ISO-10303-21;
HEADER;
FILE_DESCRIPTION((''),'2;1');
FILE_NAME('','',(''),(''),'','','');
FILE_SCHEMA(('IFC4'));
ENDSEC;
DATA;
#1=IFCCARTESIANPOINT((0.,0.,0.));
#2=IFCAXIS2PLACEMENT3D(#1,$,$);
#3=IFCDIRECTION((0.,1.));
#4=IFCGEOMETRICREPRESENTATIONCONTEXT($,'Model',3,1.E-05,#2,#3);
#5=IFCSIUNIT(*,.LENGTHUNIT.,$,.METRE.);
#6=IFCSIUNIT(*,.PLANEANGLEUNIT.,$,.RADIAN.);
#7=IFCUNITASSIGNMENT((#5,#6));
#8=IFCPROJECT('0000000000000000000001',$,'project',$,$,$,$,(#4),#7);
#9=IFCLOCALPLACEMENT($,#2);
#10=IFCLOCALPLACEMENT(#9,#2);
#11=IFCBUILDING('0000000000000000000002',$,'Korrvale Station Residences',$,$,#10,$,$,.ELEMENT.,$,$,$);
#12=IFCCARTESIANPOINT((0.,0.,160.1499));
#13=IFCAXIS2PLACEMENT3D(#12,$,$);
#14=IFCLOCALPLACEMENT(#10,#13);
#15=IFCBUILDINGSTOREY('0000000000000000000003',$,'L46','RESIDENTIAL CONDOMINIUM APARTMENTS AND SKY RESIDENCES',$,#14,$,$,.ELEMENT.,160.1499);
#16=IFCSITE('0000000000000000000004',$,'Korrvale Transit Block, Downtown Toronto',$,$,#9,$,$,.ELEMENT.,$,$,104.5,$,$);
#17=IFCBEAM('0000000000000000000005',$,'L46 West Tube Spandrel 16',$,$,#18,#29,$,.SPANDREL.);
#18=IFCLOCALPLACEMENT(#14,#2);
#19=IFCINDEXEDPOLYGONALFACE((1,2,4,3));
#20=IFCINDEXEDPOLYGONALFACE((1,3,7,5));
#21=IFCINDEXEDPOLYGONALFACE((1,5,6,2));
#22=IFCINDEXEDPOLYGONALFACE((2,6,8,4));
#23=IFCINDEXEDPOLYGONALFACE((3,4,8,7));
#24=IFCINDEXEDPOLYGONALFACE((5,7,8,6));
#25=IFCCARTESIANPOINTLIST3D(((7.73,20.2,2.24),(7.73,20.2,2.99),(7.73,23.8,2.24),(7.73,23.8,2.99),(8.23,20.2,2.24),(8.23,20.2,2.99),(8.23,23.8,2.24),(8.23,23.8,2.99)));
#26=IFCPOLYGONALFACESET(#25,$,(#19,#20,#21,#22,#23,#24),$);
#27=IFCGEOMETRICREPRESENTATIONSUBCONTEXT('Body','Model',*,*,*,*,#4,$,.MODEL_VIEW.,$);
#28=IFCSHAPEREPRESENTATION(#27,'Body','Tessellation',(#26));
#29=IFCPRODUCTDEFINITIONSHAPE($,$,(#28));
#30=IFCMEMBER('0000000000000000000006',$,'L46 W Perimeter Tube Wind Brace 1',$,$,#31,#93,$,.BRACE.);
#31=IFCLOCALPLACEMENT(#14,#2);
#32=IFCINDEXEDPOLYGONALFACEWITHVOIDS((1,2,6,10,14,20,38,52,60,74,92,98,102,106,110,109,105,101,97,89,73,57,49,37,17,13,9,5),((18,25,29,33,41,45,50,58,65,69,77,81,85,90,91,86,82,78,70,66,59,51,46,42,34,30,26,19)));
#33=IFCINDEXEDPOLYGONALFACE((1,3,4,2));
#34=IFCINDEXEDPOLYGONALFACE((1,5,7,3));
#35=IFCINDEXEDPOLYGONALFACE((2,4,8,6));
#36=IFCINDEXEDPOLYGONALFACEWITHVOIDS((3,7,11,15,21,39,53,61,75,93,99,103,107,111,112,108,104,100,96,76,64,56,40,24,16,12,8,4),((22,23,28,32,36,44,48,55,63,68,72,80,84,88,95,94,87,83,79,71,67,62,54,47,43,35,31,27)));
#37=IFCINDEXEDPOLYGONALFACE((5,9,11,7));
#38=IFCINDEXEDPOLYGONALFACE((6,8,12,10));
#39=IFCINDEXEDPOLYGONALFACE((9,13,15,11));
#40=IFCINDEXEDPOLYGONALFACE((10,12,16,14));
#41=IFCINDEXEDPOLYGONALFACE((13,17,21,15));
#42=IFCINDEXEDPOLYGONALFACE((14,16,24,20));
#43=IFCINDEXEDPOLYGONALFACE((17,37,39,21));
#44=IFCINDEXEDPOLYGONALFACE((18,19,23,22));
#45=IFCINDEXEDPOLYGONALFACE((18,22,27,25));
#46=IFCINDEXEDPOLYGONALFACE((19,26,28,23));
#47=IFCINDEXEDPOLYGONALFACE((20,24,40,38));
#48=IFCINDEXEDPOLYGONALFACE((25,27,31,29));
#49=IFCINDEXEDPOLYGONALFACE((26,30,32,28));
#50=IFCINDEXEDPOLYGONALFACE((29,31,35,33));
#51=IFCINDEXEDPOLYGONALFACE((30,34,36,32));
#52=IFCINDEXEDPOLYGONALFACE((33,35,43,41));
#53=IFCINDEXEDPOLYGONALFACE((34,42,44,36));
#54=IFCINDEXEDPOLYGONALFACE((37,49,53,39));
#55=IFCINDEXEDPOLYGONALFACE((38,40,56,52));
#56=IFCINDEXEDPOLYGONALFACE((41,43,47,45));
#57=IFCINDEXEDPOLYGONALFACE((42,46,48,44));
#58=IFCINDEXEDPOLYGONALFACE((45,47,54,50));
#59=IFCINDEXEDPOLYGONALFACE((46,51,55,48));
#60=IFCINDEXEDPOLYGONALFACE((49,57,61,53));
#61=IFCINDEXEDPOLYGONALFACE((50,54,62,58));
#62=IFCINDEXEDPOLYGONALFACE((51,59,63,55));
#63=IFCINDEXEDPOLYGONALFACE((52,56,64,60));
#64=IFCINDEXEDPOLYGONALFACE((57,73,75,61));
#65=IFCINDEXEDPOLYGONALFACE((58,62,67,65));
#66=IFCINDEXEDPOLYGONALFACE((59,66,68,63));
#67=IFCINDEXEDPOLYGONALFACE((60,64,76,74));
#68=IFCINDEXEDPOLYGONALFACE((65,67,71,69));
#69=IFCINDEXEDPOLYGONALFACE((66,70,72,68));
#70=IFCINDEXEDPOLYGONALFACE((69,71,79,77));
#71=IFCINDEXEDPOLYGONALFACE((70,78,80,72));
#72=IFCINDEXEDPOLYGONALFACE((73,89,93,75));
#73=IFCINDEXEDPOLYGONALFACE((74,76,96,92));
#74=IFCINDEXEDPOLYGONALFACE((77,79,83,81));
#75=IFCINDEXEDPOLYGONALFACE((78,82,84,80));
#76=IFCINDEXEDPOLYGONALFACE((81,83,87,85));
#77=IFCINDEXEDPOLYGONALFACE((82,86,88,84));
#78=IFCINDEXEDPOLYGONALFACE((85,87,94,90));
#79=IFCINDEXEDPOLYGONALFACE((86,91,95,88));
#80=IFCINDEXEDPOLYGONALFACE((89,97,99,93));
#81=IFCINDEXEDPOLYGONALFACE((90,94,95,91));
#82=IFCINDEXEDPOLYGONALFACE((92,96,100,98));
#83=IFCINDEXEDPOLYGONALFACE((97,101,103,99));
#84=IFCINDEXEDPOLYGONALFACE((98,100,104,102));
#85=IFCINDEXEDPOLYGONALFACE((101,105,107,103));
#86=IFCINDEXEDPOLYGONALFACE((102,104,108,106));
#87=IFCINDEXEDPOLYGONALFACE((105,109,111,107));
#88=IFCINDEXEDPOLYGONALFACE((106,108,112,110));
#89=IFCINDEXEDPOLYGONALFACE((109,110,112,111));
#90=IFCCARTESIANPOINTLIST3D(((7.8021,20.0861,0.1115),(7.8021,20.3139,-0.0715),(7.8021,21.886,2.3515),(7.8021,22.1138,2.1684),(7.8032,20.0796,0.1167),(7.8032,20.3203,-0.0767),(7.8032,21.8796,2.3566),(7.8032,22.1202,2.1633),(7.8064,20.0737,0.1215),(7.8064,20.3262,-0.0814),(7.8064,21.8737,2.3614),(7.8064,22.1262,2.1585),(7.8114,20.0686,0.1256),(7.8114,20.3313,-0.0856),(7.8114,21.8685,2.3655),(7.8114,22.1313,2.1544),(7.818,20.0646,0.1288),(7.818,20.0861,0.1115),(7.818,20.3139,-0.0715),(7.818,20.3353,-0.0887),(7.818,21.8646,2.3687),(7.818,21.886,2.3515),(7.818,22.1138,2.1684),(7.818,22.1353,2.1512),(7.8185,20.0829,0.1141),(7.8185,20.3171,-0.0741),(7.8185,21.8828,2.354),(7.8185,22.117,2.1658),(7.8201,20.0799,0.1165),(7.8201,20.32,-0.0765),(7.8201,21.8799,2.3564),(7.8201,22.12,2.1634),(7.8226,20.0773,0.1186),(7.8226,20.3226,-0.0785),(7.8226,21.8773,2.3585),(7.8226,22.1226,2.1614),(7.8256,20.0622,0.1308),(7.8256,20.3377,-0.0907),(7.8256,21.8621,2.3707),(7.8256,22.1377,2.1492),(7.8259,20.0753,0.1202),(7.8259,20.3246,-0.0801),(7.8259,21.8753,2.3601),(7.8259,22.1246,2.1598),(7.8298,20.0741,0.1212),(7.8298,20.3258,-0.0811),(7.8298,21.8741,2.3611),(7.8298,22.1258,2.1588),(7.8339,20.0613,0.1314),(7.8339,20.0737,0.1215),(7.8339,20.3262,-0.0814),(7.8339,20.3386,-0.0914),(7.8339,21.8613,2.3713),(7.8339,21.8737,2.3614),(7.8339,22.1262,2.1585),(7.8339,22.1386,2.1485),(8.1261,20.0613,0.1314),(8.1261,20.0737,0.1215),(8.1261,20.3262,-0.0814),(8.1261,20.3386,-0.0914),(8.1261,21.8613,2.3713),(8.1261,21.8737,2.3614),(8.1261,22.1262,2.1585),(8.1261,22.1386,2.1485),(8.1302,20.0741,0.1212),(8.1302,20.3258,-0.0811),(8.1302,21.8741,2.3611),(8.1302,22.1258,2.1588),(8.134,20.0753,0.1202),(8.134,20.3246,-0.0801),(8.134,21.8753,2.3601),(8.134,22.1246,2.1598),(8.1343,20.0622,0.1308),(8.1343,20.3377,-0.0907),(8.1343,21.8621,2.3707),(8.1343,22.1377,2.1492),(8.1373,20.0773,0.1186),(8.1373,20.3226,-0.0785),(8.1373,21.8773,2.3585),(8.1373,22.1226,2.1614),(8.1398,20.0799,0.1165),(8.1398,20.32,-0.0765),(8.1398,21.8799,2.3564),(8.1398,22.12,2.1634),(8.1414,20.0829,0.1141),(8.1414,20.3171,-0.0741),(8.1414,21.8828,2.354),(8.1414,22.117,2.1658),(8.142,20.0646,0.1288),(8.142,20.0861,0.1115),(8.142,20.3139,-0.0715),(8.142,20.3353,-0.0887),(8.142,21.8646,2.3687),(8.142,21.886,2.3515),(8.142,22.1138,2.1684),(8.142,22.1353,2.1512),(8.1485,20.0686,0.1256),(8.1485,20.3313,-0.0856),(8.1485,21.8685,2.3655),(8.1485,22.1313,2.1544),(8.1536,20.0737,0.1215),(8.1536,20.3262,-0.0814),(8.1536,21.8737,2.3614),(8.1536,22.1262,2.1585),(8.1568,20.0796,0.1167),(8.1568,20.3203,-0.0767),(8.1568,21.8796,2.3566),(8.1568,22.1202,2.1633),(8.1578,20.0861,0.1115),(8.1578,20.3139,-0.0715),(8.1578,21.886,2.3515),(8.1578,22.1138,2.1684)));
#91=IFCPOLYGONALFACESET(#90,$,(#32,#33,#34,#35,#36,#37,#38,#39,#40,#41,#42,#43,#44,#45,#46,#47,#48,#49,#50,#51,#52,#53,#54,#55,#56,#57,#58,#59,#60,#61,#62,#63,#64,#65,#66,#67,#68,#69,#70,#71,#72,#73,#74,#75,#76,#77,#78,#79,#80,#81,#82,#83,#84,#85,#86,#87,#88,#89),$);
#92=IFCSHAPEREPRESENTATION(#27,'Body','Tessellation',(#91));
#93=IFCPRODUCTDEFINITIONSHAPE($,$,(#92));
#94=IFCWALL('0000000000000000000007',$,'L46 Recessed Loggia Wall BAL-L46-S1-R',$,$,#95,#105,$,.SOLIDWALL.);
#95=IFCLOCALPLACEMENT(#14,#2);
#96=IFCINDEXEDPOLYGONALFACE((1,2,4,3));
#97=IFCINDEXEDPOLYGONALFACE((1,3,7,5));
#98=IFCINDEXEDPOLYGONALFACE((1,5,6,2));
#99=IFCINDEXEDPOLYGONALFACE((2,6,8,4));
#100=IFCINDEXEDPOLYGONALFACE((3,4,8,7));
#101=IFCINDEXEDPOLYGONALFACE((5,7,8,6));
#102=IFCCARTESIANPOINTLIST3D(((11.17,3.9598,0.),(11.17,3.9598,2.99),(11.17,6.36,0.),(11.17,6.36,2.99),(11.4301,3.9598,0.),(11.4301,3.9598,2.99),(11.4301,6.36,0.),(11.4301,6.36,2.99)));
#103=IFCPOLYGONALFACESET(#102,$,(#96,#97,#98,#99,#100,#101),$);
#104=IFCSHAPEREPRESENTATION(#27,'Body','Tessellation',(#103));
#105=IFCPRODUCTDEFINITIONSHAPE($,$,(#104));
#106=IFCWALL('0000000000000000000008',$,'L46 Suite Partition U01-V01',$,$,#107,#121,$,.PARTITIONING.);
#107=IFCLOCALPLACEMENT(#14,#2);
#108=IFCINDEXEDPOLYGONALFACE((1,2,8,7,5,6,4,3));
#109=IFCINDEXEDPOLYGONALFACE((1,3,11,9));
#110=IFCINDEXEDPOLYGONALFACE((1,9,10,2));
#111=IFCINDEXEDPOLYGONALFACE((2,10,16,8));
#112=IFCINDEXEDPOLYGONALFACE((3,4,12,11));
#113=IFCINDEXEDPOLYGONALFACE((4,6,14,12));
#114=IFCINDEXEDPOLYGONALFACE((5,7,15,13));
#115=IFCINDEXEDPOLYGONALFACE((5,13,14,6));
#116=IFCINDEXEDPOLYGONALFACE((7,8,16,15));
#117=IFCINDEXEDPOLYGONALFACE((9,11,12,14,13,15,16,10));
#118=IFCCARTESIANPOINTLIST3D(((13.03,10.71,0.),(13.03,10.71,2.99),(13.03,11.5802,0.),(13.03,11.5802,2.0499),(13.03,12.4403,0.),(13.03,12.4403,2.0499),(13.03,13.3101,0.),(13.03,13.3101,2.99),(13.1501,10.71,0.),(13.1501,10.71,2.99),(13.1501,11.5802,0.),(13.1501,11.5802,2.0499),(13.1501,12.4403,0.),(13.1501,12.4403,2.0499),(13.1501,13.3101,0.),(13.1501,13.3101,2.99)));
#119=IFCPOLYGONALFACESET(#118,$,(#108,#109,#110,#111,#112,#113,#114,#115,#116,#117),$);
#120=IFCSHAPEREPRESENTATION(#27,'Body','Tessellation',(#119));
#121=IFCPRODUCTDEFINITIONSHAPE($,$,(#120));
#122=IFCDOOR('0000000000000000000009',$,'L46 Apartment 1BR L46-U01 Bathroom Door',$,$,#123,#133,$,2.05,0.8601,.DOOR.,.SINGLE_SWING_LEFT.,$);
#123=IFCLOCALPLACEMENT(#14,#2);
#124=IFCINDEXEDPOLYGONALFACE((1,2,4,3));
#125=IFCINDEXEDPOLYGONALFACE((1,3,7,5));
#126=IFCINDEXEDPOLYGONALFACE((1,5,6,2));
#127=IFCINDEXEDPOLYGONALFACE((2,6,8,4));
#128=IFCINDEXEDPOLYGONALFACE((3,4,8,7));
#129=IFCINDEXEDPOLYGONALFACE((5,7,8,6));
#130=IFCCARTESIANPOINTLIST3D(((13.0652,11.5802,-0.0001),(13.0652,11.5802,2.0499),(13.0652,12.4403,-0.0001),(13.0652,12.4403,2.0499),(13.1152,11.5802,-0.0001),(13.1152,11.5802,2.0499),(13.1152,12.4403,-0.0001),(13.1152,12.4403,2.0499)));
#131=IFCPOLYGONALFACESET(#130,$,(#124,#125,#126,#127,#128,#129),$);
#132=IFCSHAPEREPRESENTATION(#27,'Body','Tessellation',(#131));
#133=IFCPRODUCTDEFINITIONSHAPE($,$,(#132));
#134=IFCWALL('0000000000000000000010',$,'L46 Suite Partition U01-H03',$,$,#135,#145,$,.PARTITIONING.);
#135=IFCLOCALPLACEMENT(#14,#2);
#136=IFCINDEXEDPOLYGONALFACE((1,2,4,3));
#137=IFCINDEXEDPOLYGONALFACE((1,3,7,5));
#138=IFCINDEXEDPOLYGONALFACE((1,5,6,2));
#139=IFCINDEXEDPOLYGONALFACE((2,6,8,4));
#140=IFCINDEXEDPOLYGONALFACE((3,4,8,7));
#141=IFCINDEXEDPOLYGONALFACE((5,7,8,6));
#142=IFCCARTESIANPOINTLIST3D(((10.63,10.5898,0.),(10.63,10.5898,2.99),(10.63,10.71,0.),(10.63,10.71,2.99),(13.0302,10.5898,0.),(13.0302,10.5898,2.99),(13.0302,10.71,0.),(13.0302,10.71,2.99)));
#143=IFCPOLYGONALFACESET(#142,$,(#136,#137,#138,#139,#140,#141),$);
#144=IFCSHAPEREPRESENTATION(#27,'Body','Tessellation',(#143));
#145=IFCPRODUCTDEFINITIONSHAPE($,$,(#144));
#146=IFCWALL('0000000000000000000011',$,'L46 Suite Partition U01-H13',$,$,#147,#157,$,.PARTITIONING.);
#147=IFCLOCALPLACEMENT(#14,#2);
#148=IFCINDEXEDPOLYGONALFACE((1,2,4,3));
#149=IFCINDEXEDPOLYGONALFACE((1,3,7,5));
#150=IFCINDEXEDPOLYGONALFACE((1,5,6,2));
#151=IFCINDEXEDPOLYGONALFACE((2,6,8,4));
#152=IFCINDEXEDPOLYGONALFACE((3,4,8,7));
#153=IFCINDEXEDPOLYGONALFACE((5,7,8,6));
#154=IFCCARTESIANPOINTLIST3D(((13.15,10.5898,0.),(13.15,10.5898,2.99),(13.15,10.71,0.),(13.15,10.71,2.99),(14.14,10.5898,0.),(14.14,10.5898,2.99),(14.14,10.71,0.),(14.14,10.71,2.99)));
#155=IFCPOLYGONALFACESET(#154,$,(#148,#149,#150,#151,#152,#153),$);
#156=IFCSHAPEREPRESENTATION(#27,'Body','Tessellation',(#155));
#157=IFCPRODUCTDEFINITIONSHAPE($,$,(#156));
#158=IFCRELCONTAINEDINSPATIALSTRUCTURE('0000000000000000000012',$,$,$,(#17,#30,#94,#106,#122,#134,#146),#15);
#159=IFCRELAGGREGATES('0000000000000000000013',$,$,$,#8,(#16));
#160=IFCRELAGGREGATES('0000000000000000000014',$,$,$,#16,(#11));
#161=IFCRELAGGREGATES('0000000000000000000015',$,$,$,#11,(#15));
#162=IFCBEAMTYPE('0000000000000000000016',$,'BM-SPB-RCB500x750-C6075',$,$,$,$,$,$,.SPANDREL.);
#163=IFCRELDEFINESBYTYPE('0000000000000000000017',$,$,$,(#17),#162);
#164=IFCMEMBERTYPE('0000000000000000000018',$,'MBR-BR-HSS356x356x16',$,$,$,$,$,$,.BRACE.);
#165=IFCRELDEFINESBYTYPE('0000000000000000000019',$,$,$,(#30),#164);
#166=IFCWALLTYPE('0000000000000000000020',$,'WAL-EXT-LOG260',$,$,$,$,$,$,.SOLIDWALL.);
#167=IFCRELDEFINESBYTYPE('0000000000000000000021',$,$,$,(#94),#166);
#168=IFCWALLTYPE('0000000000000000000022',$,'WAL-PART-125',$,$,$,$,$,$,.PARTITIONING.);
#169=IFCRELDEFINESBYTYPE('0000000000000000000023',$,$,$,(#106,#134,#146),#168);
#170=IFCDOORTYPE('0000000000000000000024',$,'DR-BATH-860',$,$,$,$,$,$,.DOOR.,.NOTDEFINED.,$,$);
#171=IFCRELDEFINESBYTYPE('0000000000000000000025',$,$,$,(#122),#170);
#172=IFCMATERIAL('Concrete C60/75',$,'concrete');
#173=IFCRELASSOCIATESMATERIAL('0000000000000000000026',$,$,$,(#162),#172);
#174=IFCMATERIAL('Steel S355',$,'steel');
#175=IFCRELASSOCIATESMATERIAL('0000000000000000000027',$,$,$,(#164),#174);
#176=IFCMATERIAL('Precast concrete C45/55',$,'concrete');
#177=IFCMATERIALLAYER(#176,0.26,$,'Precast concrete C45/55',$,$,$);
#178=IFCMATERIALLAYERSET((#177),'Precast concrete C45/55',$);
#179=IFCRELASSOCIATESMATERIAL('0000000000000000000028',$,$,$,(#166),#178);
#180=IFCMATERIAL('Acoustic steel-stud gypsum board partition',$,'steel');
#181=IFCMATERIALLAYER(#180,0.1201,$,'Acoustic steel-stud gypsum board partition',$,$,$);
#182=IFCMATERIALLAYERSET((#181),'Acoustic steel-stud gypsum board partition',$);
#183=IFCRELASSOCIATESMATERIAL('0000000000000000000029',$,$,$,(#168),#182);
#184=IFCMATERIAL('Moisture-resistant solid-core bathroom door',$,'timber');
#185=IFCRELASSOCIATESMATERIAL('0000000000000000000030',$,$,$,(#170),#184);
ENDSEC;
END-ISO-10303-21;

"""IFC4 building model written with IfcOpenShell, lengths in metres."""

from ifc_helpers import new_model, si_unit, direction, frame, frame_2d, origin, origin_2d, place, context, subcontext, project, spatial, rectangle, hollow_rectangle, extrude, material, layer, layer_set, material_profile, profile_set, type_object, element, fill, save


model = new_model("IFC4")

# Units and contexts
model_context = context("Model", 3, precision=1e-05, world=origin(), true_north=direction((0.0, 1.0)))
body_context = subcontext(model_context, "Body", "Model", "MODEL_VIEW")
ifc_project = project(units=[si_unit("LENGTHUNIT", "METRE"), si_unit("PLANEANGLEUNIT", "RADIAN")], contexts=[model_context])

# Site, building, storey
site_placement = place(None, origin())
site = spatial("IfcSite", under=ifc_project, at=site_placement, Name="Korrvale Transit Block, Downtown Toronto", CompositionType="ELEMENT", RefElevation=104.5)
building_placement = place(site_placement, origin())
building = spatial("IfcBuilding", under=site, at=building_placement, Name="Korrvale Station Residences", CompositionType="ELEMENT")
storey_placement = place(building_placement, frame((0.0, 0.0, 160.1499)))
storey = spatial("IfcBuildingStorey", under=building, at=storey_placement, Name="L46", Description="RESIDENTIAL CONDOMINIUM APARTMENTS AND SKY RESIDENCES", CompositionType="ELEMENT", Elevation=160.1499)

# Shared definitions
ifc_material_1 = material(Name="Concrete C60/75", Category="concrete")

# Beam
ifc_material_2 = material(Name="Steel S355", Category="steel")
ifc_material_profile_1 = material_profile(ifc_material_1, rectangle(XDim=0.5, YDim=0.75, at=origin_2d()), Name="RCB500x750")
ifc_profile_set_1 = profile_set([ifc_material_profile_1], Name="Concrete C60/75")
beam_type_1 = type_object("IfcBeamType", Name="BM-SPB-RCB500x750-C6075", PredefinedType="SPANDREL", material=ifc_profile_set_1)
beam_1_placement = place(storey_placement, frame((7.98, 20.2, 2.615), z_axis=(0.0, 1.0, 0.0), x_axis=(-1.0, 0.0, 0.0)))
element("IfcBeam", 1, at=beam_1_placement, inside=storey, type_object=beam_type_1, Name="L46 West Tube Spandrel 16", PredefinedType="SPANDREL", context=body_context, shape_type="SweptSolid", body=[
    extrude(rectangle(XDim=0.5, YDim=0.75, at=origin_2d()), origin(), (0.0, 0.0, 1.0), 3.6001),
])

# Member
ifc_material_profile_2 = material_profile(ifc_material_2, hollow_rectangle(XDim=0.3557, YDim=0.3557, WallThickness=0.0159, InnerFilletRadius=0.0159, OuterFilletRadius=0.0317, at=origin_2d()), Name="HSS356x356x16")
ifc_profile_set_2 = profile_set([ifc_material_profile_2], Name="Steel S355")
member_type = type_object("IfcMemberType", Name="MBR-BR-HSS356x356x16", PredefinedType="BRACE", material=ifc_profile_set_2)
member_placement = place(storey_placement, frame((7.98, 20.2, 0.02), z_axis=(0.0, 0.626403, 0.779499), x_axis=(-1.0, 0.0, 0.0)))
element("IfcMember", 2, at=member_placement, inside=storey, type_object=member_type, Name="L46 W Perimeter Tube Wind Brace 1", PredefinedType="BRACE", context=body_context, shape_type="SweptSolid", body=[
    extrude(hollow_rectangle(XDim=0.3557, YDim=0.3557, WallThickness=0.0159, InnerFilletRadius=0.0159, OuterFilletRadius=0.0317, at=origin_2d()), origin(), (0.0, 0.0, 1.0), 2.8735),
])

# Wall
ifc_material_3 = material(Name="Precast concrete C45/55", Category="concrete")
ifc_layer_1 = layer(ifc_material_3, 0.26, Name="Precast concrete C45/55")
ifc_layer_set_1 = layer_set([ifc_layer_1], Name="Precast concrete C45/55")
wall_type_1 = type_object("IfcWallType", Name="WAL-EXT-LOG260", PredefinedType="SOLIDWALL", material=ifc_layer_set_1)
wall_1_placement = place(storey_placement, frame((11.3, 6.3601, 0.0), z_axis=(0.0, 0.0, 1.0), x_axis=(0.0, -1.0, 0.0)))
element("IfcWall", 3, at=wall_1_placement, inside=storey, type_object=wall_type_1, Name="L46 Recessed Loggia Wall BAL-L46-S1-R", PredefinedType="SOLIDWALL", context=body_context, shape_type="SweptSolid", body=[
    extrude(rectangle(XDim=2.4001, YDim=0.26, at=frame_2d((1.2002, 0.0))), origin(), (0.0, 0.0, 1.0), 2.99),
])

# Wall, opening, door
ifc_material_4 = material(Name="Acoustic steel-stud gypsum board partition", Category="steel")
ifc_layer_2 = layer(ifc_material_4, 0.1201, Name="Acoustic steel-stud gypsum board partition")
ifc_layer_set_2 = layer_set([ifc_layer_2], Name="Acoustic steel-stud gypsum board partition")
wall_type_2 = type_object("IfcWallType", Name="WAL-PART-125", PredefinedType="PARTITIONING", material=ifc_layer_set_2)
wall_2_placement = place(storey_placement, frame((13.0901, 10.71, 0.0), z_axis=(0.0, 0.0, 1.0), x_axis=(0.0, 1.0, 0.0)))
wall_2 = element("IfcWall", 4, at=wall_2_placement, inside=storey, type_object=wall_type_2, Name="L46 Suite Partition U01-V01", PredefinedType="PARTITIONING", context=body_context, shape_type="SweptSolid", body=[
    extrude(rectangle(XDim=2.6001, YDim=0.1201, at=frame_2d((1.3, 0.0))), origin(), (0.0, 0.0, 1.0), 2.99),
])
opening_1_placement = place(wall_2_placement, frame((0.8701, 0.0, 0.0)))
opening_1 = element("IfcOpeningElement", 5, at=opening_1_placement, cuts=wall_2, PredefinedType="OPENING", context=body_context, shape_type="SweptSolid", body=[
    extrude(rectangle(XDim=0.8601, YDim=2.05, at=frame_2d((0.4302, 1.0249))), frame((0.0, 0.0701, 0.0), z_axis=(0.0, -1.0, 0.0), x_axis=(1.0, 0.0, 0.0)), (0.0, 0.0, 1.0), 0.1401),
])
ifc_material_5 = material(Name="Moisture-resistant solid-core bathroom door", Category="timber")
door_type_1 = type_object("IfcDoorType", Name="DR-BATH-860", OperationType="NOTDEFINED", PredefinedType="DOOR", material=ifc_material_5)
door_1_placement = place(opening_1_placement, origin())
door_1 = element("IfcDoor", 6, at=door_1_placement, inside=storey, type_object=door_type_1, Name="L46 Apartment 1BR L46-U01 Bathroom Door", OperationType="SINGLE_SWING_LEFT", OverallHeight=2.05, OverallWidth=0.8601, PredefinedType="DOOR", context=body_context, shape_type="SweptSolid", body=[
    extrude(rectangle(XDim=0.8601, YDim=2.05, at=frame_2d((0.4302, 1.0249))), frame((0.0, 0.0249, 0.0), z_axis=(0.0, -1.0, 0.0), x_axis=(1.0, 0.0, 0.0)), (0.0, 0.0, 1.0), 0.05),
])
fill(opening_1, door_1)

# Walls
wall_3_placement = place(storey_placement, frame((10.6299, 10.6499, 0.0), z_axis=(0.0, 0.0, 1.0), x_axis=(1.0, 0.0, 0.0)))
element("IfcWall", 7, at=wall_3_placement, inside=storey, type_object=wall_type_2, Name="L46 Suite Partition U01-H03", PredefinedType="PARTITIONING", context=body_context, shape_type="SweptSolid", body=[
    extrude(rectangle(XDim=2.4001, YDim=0.1201, at=frame_2d((1.2002, 0.0))), origin(), (0.0, 0.0, 1.0), 2.99),
])
wall_4_placement = place(storey_placement, frame((13.1499, 10.6499, 0.0), z_axis=(0.0, 0.0, 1.0), x_axis=(1.0, 0.0, 0.0)))
element("IfcWall", 8, at=wall_4_placement, inside=storey, type_object=wall_type_2, Name="L46 Suite Partition U01-H13", PredefinedType="PARTITIONING", context=body_context, shape_type="SweptSolid", body=[
    extrude(rectangle(XDim=0.99, YDim=0.1201, at=frame_2d((0.4951, 0.0))), origin(), (0.0, 0.0, 1.0), 2.99),
])

save(model, "model.ifc")
